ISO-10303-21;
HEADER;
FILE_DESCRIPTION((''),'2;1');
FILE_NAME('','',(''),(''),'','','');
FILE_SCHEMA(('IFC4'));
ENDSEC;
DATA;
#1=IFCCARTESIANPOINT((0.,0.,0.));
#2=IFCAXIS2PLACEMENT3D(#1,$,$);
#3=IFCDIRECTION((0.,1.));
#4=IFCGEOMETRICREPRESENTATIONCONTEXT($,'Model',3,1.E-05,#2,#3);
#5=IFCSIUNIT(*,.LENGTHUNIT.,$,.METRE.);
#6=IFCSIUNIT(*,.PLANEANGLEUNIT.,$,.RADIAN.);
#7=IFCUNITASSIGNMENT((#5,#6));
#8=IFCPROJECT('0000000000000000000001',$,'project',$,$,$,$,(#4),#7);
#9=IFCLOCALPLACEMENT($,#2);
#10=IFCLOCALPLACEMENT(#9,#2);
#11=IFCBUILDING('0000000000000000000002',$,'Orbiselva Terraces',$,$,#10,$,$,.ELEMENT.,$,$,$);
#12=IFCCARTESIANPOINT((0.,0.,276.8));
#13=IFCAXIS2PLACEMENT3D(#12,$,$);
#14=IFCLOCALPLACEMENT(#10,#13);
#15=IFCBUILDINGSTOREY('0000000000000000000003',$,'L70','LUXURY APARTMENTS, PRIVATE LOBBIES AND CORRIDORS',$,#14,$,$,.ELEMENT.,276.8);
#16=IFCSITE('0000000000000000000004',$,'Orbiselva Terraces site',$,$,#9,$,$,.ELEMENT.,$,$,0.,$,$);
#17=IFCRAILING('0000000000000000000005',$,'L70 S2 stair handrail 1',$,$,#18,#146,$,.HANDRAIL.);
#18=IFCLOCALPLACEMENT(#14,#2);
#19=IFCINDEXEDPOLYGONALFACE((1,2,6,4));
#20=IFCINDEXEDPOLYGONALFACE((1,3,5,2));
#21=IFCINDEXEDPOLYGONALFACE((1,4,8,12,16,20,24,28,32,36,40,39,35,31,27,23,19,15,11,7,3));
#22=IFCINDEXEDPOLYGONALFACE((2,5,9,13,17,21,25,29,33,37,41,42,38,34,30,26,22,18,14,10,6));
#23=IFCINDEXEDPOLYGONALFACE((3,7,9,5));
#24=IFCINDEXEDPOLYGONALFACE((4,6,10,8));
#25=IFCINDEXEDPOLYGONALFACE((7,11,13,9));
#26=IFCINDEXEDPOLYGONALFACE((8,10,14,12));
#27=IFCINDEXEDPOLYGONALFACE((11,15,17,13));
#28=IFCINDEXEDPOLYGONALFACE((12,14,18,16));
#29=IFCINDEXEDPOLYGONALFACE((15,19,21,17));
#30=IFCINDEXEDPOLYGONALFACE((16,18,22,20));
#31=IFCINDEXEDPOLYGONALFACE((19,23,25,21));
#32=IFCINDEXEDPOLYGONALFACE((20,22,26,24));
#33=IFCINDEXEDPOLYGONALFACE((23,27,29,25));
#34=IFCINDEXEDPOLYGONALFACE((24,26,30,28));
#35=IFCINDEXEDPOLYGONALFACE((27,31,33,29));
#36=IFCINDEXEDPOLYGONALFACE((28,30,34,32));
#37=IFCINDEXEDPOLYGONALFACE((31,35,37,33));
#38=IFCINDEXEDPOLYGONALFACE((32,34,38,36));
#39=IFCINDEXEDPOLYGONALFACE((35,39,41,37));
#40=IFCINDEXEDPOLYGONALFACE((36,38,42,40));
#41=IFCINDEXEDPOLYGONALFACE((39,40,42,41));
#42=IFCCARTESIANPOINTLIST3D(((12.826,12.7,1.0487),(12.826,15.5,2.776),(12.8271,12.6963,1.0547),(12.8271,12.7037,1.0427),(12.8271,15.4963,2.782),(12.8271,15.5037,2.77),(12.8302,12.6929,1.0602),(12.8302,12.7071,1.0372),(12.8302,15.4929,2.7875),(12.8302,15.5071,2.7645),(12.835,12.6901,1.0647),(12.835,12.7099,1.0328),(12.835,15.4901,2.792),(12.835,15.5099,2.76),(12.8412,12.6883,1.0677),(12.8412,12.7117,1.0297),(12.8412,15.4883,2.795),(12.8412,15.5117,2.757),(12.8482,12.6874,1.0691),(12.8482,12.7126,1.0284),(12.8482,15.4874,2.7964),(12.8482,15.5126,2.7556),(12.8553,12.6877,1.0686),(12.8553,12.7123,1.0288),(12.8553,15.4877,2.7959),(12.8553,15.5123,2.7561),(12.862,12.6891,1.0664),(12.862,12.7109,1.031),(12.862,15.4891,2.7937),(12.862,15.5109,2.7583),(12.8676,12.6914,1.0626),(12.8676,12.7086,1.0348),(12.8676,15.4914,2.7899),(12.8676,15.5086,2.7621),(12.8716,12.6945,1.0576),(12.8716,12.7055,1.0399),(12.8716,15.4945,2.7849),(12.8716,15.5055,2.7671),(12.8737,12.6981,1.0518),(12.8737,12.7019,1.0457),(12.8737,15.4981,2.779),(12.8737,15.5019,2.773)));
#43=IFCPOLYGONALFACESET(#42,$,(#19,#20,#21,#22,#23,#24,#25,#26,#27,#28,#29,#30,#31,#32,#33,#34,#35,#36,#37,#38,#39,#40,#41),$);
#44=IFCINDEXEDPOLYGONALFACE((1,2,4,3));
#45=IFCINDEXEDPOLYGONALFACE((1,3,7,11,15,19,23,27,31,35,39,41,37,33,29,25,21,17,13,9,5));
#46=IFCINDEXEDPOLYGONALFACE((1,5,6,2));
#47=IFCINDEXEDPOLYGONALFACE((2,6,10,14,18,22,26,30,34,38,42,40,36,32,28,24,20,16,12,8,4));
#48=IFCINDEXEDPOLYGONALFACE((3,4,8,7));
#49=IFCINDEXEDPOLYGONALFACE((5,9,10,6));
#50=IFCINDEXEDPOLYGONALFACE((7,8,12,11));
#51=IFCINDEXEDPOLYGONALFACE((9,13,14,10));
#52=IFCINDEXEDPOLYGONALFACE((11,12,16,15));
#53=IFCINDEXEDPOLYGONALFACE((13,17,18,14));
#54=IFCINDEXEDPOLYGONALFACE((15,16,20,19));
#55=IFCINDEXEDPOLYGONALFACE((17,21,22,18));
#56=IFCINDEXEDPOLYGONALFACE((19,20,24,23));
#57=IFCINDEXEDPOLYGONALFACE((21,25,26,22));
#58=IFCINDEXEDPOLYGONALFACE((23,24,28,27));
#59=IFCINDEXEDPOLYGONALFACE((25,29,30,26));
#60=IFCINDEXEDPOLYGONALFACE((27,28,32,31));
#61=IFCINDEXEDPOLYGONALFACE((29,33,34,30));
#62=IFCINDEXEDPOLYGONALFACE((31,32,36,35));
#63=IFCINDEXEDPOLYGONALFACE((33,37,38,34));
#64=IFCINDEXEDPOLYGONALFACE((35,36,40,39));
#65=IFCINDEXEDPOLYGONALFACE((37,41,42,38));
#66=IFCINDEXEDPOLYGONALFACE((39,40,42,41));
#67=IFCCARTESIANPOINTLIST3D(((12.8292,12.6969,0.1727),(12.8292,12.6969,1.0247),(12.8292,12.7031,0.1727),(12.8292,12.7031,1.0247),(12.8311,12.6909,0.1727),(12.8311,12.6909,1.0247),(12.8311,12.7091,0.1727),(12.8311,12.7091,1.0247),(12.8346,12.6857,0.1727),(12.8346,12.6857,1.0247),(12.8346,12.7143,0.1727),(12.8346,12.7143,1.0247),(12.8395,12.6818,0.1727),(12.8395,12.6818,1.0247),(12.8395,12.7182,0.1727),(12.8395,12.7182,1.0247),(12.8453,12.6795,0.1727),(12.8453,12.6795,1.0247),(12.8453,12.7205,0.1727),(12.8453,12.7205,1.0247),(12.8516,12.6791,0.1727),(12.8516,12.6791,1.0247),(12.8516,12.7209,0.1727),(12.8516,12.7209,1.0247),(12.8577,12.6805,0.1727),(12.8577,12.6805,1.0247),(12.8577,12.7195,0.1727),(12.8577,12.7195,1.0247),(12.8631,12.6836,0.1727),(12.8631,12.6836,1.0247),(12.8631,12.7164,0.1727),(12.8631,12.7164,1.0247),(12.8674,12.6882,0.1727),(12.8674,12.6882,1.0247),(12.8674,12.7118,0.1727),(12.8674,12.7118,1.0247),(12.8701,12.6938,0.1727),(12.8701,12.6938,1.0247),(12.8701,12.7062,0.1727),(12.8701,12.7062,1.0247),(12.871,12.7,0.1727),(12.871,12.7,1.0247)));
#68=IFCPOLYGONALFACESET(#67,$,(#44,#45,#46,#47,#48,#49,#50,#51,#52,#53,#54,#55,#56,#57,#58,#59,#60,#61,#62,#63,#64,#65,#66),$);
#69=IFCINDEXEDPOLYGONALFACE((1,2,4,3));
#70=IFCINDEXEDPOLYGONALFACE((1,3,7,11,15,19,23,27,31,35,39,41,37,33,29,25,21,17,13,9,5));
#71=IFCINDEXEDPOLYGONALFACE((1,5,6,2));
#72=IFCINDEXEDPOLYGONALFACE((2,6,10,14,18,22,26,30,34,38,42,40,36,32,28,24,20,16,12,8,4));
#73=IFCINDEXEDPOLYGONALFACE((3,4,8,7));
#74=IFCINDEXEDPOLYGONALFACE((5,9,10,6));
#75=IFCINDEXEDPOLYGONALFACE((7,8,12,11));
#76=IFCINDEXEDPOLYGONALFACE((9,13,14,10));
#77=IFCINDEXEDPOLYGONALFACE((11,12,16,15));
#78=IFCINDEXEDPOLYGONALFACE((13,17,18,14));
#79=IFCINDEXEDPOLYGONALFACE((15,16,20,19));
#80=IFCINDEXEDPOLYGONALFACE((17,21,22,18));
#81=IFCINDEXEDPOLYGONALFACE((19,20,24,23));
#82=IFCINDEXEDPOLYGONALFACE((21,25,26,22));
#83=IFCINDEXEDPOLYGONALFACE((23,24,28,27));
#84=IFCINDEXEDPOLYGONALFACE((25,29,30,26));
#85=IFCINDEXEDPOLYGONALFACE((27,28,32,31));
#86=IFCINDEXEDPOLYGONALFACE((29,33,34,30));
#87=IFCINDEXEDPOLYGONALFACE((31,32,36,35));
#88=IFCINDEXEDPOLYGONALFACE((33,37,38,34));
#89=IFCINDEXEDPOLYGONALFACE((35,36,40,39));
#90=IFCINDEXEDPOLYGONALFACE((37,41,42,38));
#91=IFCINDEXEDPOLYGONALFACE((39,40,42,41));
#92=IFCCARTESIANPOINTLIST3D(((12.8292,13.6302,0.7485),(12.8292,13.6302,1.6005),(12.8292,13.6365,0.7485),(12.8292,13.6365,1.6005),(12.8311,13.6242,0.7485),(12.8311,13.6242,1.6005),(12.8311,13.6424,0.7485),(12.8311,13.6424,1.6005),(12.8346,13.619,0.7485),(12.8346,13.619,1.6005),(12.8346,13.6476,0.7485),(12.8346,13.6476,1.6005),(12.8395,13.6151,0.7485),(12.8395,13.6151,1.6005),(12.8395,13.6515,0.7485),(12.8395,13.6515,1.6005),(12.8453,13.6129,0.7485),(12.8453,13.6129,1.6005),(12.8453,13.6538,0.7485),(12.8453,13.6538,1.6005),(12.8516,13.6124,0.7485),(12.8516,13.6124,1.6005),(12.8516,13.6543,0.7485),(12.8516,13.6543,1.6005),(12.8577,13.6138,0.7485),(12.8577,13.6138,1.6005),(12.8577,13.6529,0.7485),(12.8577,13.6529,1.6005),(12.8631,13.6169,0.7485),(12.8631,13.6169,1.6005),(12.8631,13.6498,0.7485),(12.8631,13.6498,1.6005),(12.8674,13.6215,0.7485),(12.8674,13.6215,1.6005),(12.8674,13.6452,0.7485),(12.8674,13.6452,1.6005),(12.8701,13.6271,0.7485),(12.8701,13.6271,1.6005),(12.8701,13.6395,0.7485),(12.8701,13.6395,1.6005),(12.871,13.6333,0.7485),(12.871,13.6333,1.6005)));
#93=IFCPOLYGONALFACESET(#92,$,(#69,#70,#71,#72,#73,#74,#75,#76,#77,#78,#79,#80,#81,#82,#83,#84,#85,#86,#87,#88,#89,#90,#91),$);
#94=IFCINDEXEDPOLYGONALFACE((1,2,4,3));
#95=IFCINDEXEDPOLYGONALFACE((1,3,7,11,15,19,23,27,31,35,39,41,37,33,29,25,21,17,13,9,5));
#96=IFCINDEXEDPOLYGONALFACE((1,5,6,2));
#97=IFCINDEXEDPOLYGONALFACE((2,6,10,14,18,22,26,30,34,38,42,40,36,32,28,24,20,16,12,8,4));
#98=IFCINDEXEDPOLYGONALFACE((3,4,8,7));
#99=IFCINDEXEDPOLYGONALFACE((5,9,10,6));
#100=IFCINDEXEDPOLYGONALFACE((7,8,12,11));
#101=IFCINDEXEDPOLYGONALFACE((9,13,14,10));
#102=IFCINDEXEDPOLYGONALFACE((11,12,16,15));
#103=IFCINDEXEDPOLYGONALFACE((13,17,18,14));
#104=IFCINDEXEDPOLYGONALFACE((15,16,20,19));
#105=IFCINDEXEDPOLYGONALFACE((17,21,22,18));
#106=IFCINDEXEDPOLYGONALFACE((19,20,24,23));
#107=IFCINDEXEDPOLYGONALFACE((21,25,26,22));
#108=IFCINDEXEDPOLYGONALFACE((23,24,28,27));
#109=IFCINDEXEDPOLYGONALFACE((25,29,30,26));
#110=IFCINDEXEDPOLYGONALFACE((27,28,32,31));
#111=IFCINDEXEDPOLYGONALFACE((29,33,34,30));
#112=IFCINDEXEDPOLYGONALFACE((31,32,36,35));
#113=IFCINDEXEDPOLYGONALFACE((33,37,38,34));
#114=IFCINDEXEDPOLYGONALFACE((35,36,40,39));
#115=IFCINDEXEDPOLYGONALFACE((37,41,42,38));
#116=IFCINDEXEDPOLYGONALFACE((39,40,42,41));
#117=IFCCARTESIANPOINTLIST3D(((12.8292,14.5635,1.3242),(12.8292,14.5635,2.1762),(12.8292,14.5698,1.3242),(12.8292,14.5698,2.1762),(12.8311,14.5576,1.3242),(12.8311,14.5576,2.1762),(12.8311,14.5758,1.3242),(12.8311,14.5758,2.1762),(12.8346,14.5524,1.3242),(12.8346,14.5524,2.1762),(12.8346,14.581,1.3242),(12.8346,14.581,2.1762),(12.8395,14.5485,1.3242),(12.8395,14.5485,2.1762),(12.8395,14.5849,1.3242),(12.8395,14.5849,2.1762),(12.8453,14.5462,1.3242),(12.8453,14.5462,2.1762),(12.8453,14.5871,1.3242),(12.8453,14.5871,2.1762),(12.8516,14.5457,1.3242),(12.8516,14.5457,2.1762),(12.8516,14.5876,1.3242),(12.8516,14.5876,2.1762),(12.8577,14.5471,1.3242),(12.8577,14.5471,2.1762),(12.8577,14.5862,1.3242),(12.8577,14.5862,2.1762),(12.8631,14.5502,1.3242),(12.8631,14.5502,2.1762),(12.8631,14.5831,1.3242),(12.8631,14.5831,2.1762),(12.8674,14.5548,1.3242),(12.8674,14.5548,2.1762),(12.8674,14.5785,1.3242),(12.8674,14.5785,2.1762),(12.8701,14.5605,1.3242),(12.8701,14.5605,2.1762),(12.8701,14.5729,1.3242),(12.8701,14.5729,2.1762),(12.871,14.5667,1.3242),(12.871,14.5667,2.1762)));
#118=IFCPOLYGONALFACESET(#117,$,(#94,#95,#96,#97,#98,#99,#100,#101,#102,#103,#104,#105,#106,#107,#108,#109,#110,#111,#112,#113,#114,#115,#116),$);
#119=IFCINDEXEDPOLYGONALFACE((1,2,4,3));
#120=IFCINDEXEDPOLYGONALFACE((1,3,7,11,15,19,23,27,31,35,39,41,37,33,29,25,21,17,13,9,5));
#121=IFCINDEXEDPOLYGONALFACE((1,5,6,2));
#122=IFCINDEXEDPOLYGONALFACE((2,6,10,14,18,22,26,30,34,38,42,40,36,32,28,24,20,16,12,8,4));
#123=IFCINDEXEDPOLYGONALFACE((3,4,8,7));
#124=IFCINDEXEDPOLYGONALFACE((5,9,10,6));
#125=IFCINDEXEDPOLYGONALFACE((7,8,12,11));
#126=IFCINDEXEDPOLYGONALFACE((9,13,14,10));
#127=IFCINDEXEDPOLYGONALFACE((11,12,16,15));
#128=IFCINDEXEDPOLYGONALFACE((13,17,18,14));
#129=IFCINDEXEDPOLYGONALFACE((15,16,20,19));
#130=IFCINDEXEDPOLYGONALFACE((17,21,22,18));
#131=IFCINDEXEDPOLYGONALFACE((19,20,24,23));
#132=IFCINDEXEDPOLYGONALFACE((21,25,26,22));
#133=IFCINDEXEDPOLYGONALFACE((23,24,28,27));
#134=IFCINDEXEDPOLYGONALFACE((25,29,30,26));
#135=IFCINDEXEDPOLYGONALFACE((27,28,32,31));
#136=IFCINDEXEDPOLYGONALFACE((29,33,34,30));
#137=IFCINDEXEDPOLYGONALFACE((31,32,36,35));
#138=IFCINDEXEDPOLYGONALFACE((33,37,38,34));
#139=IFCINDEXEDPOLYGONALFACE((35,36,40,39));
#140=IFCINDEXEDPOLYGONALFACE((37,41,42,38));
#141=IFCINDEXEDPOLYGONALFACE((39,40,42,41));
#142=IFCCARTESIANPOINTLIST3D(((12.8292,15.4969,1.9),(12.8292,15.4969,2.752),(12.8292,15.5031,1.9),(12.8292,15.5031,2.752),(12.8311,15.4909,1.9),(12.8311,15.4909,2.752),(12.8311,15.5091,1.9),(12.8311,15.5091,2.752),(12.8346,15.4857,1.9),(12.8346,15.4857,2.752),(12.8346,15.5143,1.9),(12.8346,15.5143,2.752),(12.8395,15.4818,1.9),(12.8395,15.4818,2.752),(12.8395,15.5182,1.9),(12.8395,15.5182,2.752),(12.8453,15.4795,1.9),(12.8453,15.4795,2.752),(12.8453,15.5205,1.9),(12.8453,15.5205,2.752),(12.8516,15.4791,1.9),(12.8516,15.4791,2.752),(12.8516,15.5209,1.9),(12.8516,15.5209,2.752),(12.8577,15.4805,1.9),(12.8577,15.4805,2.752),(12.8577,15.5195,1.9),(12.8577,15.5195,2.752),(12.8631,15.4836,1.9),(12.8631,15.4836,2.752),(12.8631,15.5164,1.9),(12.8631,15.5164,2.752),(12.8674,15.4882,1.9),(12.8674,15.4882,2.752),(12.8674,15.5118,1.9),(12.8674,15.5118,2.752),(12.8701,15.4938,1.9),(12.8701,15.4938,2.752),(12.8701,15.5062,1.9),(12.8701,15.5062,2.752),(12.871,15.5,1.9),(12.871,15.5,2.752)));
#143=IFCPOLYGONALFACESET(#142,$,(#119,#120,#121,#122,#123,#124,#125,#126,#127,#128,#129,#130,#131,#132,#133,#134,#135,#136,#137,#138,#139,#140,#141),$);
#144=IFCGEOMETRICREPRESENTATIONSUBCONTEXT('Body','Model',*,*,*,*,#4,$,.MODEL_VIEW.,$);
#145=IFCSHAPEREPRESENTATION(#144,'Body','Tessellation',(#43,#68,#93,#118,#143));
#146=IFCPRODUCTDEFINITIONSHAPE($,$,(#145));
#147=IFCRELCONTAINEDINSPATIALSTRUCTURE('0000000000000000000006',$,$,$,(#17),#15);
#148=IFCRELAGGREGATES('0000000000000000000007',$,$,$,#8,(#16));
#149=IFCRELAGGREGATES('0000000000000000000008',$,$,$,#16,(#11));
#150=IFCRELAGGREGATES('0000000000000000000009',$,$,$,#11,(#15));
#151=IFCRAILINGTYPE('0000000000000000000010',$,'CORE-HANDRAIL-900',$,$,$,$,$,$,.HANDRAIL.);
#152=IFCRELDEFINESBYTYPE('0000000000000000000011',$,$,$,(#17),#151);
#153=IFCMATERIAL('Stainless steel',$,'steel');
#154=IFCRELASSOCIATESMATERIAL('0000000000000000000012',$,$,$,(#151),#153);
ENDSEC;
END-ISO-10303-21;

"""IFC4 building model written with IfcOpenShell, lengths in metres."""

from ifc_helpers import new_model, si_unit, direction, frame, origin, origin_2d, place, context, subcontext, project, spatial, circle, extrude, material, type_object, element, save


model = new_model("IFC4")

# Units and contexts
model_context = context("Model", 3, precision=1e-05, world=origin(), true_north=direction((0.0, 1.0)))
body_context = subcontext(model_context, "Body", "Model", "MODEL_VIEW")
ifc_project = project(units=[si_unit("LENGTHUNIT", "METRE"), si_unit("PLANEANGLEUNIT", "RADIAN")], contexts=[model_context])

# Site, building, storey
site_placement = place(None, origin())
site = spatial("IfcSite", under=ifc_project, at=site_placement, Name="Orbiselva Terraces site", CompositionType="ELEMENT", RefElevation=0.0)
building_placement = place(site_placement, origin())
building = spatial("IfcBuilding", under=site, at=building_placement, Name="Orbiselva Terraces", CompositionType="ELEMENT")
storey_placement = place(building_placement, frame((0.0, 0.0, 276.8)))
storey = spatial("IfcBuildingStorey", under=building, at=storey_placement, Name="L70", Description="LUXURY APARTMENTS, PRIVATE LOBBIES AND CORRIDORS", CompositionType="ELEMENT", Elevation=276.8)

# Railing
ifc_material_1 = material(Name="Stainless steel", Category="steel")
railing_type = type_object("IfcRailingType", Name="CORE-HANDRAIL-900", PredefinedType="HANDRAIL", material=ifc_material_1)
railing_1_placement = place(storey_placement, frame((12.85, 12.7, 0.1727)))
element("IfcRailing", 1, at=railing_1_placement, inside=storey, type_object=railing_type, Name="L70 S2 stair handrail 1", PredefinedType="HANDRAIL", context=body_context, shape_type="SweptSolid", body=[
    extrude(circle(Radius=0.024, at=origin_2d()), frame((0.0, 0.0, 0.876), z_axis=(0.0, 0.851089, 0.525022), x_axis=(-1.0, 0.0, 0.0)), (0.0, 0.0, 1.0), 3.2899),
    extrude(circle(Radius=0.021, at=origin_2d()), origin(), (0.0, 0.0, 1.0), 0.852),
    extrude(circle(Radius=0.021, at=origin_2d()), frame((0.0, 0.9333, 0.5758)), (0.0, 0.0, 1.0), 0.852),
    extrude(circle(Radius=0.021, at=origin_2d()), frame((0.0, 1.8667, 1.1515)), (0.0, 0.0, 1.0), 0.852),
    extrude(circle(Radius=0.021, at=origin_2d()), frame((0.0, 2.8, 1.7273)), (0.0, 0.0, 1.0), 0.852),
])

save(model, "model.ifc")
